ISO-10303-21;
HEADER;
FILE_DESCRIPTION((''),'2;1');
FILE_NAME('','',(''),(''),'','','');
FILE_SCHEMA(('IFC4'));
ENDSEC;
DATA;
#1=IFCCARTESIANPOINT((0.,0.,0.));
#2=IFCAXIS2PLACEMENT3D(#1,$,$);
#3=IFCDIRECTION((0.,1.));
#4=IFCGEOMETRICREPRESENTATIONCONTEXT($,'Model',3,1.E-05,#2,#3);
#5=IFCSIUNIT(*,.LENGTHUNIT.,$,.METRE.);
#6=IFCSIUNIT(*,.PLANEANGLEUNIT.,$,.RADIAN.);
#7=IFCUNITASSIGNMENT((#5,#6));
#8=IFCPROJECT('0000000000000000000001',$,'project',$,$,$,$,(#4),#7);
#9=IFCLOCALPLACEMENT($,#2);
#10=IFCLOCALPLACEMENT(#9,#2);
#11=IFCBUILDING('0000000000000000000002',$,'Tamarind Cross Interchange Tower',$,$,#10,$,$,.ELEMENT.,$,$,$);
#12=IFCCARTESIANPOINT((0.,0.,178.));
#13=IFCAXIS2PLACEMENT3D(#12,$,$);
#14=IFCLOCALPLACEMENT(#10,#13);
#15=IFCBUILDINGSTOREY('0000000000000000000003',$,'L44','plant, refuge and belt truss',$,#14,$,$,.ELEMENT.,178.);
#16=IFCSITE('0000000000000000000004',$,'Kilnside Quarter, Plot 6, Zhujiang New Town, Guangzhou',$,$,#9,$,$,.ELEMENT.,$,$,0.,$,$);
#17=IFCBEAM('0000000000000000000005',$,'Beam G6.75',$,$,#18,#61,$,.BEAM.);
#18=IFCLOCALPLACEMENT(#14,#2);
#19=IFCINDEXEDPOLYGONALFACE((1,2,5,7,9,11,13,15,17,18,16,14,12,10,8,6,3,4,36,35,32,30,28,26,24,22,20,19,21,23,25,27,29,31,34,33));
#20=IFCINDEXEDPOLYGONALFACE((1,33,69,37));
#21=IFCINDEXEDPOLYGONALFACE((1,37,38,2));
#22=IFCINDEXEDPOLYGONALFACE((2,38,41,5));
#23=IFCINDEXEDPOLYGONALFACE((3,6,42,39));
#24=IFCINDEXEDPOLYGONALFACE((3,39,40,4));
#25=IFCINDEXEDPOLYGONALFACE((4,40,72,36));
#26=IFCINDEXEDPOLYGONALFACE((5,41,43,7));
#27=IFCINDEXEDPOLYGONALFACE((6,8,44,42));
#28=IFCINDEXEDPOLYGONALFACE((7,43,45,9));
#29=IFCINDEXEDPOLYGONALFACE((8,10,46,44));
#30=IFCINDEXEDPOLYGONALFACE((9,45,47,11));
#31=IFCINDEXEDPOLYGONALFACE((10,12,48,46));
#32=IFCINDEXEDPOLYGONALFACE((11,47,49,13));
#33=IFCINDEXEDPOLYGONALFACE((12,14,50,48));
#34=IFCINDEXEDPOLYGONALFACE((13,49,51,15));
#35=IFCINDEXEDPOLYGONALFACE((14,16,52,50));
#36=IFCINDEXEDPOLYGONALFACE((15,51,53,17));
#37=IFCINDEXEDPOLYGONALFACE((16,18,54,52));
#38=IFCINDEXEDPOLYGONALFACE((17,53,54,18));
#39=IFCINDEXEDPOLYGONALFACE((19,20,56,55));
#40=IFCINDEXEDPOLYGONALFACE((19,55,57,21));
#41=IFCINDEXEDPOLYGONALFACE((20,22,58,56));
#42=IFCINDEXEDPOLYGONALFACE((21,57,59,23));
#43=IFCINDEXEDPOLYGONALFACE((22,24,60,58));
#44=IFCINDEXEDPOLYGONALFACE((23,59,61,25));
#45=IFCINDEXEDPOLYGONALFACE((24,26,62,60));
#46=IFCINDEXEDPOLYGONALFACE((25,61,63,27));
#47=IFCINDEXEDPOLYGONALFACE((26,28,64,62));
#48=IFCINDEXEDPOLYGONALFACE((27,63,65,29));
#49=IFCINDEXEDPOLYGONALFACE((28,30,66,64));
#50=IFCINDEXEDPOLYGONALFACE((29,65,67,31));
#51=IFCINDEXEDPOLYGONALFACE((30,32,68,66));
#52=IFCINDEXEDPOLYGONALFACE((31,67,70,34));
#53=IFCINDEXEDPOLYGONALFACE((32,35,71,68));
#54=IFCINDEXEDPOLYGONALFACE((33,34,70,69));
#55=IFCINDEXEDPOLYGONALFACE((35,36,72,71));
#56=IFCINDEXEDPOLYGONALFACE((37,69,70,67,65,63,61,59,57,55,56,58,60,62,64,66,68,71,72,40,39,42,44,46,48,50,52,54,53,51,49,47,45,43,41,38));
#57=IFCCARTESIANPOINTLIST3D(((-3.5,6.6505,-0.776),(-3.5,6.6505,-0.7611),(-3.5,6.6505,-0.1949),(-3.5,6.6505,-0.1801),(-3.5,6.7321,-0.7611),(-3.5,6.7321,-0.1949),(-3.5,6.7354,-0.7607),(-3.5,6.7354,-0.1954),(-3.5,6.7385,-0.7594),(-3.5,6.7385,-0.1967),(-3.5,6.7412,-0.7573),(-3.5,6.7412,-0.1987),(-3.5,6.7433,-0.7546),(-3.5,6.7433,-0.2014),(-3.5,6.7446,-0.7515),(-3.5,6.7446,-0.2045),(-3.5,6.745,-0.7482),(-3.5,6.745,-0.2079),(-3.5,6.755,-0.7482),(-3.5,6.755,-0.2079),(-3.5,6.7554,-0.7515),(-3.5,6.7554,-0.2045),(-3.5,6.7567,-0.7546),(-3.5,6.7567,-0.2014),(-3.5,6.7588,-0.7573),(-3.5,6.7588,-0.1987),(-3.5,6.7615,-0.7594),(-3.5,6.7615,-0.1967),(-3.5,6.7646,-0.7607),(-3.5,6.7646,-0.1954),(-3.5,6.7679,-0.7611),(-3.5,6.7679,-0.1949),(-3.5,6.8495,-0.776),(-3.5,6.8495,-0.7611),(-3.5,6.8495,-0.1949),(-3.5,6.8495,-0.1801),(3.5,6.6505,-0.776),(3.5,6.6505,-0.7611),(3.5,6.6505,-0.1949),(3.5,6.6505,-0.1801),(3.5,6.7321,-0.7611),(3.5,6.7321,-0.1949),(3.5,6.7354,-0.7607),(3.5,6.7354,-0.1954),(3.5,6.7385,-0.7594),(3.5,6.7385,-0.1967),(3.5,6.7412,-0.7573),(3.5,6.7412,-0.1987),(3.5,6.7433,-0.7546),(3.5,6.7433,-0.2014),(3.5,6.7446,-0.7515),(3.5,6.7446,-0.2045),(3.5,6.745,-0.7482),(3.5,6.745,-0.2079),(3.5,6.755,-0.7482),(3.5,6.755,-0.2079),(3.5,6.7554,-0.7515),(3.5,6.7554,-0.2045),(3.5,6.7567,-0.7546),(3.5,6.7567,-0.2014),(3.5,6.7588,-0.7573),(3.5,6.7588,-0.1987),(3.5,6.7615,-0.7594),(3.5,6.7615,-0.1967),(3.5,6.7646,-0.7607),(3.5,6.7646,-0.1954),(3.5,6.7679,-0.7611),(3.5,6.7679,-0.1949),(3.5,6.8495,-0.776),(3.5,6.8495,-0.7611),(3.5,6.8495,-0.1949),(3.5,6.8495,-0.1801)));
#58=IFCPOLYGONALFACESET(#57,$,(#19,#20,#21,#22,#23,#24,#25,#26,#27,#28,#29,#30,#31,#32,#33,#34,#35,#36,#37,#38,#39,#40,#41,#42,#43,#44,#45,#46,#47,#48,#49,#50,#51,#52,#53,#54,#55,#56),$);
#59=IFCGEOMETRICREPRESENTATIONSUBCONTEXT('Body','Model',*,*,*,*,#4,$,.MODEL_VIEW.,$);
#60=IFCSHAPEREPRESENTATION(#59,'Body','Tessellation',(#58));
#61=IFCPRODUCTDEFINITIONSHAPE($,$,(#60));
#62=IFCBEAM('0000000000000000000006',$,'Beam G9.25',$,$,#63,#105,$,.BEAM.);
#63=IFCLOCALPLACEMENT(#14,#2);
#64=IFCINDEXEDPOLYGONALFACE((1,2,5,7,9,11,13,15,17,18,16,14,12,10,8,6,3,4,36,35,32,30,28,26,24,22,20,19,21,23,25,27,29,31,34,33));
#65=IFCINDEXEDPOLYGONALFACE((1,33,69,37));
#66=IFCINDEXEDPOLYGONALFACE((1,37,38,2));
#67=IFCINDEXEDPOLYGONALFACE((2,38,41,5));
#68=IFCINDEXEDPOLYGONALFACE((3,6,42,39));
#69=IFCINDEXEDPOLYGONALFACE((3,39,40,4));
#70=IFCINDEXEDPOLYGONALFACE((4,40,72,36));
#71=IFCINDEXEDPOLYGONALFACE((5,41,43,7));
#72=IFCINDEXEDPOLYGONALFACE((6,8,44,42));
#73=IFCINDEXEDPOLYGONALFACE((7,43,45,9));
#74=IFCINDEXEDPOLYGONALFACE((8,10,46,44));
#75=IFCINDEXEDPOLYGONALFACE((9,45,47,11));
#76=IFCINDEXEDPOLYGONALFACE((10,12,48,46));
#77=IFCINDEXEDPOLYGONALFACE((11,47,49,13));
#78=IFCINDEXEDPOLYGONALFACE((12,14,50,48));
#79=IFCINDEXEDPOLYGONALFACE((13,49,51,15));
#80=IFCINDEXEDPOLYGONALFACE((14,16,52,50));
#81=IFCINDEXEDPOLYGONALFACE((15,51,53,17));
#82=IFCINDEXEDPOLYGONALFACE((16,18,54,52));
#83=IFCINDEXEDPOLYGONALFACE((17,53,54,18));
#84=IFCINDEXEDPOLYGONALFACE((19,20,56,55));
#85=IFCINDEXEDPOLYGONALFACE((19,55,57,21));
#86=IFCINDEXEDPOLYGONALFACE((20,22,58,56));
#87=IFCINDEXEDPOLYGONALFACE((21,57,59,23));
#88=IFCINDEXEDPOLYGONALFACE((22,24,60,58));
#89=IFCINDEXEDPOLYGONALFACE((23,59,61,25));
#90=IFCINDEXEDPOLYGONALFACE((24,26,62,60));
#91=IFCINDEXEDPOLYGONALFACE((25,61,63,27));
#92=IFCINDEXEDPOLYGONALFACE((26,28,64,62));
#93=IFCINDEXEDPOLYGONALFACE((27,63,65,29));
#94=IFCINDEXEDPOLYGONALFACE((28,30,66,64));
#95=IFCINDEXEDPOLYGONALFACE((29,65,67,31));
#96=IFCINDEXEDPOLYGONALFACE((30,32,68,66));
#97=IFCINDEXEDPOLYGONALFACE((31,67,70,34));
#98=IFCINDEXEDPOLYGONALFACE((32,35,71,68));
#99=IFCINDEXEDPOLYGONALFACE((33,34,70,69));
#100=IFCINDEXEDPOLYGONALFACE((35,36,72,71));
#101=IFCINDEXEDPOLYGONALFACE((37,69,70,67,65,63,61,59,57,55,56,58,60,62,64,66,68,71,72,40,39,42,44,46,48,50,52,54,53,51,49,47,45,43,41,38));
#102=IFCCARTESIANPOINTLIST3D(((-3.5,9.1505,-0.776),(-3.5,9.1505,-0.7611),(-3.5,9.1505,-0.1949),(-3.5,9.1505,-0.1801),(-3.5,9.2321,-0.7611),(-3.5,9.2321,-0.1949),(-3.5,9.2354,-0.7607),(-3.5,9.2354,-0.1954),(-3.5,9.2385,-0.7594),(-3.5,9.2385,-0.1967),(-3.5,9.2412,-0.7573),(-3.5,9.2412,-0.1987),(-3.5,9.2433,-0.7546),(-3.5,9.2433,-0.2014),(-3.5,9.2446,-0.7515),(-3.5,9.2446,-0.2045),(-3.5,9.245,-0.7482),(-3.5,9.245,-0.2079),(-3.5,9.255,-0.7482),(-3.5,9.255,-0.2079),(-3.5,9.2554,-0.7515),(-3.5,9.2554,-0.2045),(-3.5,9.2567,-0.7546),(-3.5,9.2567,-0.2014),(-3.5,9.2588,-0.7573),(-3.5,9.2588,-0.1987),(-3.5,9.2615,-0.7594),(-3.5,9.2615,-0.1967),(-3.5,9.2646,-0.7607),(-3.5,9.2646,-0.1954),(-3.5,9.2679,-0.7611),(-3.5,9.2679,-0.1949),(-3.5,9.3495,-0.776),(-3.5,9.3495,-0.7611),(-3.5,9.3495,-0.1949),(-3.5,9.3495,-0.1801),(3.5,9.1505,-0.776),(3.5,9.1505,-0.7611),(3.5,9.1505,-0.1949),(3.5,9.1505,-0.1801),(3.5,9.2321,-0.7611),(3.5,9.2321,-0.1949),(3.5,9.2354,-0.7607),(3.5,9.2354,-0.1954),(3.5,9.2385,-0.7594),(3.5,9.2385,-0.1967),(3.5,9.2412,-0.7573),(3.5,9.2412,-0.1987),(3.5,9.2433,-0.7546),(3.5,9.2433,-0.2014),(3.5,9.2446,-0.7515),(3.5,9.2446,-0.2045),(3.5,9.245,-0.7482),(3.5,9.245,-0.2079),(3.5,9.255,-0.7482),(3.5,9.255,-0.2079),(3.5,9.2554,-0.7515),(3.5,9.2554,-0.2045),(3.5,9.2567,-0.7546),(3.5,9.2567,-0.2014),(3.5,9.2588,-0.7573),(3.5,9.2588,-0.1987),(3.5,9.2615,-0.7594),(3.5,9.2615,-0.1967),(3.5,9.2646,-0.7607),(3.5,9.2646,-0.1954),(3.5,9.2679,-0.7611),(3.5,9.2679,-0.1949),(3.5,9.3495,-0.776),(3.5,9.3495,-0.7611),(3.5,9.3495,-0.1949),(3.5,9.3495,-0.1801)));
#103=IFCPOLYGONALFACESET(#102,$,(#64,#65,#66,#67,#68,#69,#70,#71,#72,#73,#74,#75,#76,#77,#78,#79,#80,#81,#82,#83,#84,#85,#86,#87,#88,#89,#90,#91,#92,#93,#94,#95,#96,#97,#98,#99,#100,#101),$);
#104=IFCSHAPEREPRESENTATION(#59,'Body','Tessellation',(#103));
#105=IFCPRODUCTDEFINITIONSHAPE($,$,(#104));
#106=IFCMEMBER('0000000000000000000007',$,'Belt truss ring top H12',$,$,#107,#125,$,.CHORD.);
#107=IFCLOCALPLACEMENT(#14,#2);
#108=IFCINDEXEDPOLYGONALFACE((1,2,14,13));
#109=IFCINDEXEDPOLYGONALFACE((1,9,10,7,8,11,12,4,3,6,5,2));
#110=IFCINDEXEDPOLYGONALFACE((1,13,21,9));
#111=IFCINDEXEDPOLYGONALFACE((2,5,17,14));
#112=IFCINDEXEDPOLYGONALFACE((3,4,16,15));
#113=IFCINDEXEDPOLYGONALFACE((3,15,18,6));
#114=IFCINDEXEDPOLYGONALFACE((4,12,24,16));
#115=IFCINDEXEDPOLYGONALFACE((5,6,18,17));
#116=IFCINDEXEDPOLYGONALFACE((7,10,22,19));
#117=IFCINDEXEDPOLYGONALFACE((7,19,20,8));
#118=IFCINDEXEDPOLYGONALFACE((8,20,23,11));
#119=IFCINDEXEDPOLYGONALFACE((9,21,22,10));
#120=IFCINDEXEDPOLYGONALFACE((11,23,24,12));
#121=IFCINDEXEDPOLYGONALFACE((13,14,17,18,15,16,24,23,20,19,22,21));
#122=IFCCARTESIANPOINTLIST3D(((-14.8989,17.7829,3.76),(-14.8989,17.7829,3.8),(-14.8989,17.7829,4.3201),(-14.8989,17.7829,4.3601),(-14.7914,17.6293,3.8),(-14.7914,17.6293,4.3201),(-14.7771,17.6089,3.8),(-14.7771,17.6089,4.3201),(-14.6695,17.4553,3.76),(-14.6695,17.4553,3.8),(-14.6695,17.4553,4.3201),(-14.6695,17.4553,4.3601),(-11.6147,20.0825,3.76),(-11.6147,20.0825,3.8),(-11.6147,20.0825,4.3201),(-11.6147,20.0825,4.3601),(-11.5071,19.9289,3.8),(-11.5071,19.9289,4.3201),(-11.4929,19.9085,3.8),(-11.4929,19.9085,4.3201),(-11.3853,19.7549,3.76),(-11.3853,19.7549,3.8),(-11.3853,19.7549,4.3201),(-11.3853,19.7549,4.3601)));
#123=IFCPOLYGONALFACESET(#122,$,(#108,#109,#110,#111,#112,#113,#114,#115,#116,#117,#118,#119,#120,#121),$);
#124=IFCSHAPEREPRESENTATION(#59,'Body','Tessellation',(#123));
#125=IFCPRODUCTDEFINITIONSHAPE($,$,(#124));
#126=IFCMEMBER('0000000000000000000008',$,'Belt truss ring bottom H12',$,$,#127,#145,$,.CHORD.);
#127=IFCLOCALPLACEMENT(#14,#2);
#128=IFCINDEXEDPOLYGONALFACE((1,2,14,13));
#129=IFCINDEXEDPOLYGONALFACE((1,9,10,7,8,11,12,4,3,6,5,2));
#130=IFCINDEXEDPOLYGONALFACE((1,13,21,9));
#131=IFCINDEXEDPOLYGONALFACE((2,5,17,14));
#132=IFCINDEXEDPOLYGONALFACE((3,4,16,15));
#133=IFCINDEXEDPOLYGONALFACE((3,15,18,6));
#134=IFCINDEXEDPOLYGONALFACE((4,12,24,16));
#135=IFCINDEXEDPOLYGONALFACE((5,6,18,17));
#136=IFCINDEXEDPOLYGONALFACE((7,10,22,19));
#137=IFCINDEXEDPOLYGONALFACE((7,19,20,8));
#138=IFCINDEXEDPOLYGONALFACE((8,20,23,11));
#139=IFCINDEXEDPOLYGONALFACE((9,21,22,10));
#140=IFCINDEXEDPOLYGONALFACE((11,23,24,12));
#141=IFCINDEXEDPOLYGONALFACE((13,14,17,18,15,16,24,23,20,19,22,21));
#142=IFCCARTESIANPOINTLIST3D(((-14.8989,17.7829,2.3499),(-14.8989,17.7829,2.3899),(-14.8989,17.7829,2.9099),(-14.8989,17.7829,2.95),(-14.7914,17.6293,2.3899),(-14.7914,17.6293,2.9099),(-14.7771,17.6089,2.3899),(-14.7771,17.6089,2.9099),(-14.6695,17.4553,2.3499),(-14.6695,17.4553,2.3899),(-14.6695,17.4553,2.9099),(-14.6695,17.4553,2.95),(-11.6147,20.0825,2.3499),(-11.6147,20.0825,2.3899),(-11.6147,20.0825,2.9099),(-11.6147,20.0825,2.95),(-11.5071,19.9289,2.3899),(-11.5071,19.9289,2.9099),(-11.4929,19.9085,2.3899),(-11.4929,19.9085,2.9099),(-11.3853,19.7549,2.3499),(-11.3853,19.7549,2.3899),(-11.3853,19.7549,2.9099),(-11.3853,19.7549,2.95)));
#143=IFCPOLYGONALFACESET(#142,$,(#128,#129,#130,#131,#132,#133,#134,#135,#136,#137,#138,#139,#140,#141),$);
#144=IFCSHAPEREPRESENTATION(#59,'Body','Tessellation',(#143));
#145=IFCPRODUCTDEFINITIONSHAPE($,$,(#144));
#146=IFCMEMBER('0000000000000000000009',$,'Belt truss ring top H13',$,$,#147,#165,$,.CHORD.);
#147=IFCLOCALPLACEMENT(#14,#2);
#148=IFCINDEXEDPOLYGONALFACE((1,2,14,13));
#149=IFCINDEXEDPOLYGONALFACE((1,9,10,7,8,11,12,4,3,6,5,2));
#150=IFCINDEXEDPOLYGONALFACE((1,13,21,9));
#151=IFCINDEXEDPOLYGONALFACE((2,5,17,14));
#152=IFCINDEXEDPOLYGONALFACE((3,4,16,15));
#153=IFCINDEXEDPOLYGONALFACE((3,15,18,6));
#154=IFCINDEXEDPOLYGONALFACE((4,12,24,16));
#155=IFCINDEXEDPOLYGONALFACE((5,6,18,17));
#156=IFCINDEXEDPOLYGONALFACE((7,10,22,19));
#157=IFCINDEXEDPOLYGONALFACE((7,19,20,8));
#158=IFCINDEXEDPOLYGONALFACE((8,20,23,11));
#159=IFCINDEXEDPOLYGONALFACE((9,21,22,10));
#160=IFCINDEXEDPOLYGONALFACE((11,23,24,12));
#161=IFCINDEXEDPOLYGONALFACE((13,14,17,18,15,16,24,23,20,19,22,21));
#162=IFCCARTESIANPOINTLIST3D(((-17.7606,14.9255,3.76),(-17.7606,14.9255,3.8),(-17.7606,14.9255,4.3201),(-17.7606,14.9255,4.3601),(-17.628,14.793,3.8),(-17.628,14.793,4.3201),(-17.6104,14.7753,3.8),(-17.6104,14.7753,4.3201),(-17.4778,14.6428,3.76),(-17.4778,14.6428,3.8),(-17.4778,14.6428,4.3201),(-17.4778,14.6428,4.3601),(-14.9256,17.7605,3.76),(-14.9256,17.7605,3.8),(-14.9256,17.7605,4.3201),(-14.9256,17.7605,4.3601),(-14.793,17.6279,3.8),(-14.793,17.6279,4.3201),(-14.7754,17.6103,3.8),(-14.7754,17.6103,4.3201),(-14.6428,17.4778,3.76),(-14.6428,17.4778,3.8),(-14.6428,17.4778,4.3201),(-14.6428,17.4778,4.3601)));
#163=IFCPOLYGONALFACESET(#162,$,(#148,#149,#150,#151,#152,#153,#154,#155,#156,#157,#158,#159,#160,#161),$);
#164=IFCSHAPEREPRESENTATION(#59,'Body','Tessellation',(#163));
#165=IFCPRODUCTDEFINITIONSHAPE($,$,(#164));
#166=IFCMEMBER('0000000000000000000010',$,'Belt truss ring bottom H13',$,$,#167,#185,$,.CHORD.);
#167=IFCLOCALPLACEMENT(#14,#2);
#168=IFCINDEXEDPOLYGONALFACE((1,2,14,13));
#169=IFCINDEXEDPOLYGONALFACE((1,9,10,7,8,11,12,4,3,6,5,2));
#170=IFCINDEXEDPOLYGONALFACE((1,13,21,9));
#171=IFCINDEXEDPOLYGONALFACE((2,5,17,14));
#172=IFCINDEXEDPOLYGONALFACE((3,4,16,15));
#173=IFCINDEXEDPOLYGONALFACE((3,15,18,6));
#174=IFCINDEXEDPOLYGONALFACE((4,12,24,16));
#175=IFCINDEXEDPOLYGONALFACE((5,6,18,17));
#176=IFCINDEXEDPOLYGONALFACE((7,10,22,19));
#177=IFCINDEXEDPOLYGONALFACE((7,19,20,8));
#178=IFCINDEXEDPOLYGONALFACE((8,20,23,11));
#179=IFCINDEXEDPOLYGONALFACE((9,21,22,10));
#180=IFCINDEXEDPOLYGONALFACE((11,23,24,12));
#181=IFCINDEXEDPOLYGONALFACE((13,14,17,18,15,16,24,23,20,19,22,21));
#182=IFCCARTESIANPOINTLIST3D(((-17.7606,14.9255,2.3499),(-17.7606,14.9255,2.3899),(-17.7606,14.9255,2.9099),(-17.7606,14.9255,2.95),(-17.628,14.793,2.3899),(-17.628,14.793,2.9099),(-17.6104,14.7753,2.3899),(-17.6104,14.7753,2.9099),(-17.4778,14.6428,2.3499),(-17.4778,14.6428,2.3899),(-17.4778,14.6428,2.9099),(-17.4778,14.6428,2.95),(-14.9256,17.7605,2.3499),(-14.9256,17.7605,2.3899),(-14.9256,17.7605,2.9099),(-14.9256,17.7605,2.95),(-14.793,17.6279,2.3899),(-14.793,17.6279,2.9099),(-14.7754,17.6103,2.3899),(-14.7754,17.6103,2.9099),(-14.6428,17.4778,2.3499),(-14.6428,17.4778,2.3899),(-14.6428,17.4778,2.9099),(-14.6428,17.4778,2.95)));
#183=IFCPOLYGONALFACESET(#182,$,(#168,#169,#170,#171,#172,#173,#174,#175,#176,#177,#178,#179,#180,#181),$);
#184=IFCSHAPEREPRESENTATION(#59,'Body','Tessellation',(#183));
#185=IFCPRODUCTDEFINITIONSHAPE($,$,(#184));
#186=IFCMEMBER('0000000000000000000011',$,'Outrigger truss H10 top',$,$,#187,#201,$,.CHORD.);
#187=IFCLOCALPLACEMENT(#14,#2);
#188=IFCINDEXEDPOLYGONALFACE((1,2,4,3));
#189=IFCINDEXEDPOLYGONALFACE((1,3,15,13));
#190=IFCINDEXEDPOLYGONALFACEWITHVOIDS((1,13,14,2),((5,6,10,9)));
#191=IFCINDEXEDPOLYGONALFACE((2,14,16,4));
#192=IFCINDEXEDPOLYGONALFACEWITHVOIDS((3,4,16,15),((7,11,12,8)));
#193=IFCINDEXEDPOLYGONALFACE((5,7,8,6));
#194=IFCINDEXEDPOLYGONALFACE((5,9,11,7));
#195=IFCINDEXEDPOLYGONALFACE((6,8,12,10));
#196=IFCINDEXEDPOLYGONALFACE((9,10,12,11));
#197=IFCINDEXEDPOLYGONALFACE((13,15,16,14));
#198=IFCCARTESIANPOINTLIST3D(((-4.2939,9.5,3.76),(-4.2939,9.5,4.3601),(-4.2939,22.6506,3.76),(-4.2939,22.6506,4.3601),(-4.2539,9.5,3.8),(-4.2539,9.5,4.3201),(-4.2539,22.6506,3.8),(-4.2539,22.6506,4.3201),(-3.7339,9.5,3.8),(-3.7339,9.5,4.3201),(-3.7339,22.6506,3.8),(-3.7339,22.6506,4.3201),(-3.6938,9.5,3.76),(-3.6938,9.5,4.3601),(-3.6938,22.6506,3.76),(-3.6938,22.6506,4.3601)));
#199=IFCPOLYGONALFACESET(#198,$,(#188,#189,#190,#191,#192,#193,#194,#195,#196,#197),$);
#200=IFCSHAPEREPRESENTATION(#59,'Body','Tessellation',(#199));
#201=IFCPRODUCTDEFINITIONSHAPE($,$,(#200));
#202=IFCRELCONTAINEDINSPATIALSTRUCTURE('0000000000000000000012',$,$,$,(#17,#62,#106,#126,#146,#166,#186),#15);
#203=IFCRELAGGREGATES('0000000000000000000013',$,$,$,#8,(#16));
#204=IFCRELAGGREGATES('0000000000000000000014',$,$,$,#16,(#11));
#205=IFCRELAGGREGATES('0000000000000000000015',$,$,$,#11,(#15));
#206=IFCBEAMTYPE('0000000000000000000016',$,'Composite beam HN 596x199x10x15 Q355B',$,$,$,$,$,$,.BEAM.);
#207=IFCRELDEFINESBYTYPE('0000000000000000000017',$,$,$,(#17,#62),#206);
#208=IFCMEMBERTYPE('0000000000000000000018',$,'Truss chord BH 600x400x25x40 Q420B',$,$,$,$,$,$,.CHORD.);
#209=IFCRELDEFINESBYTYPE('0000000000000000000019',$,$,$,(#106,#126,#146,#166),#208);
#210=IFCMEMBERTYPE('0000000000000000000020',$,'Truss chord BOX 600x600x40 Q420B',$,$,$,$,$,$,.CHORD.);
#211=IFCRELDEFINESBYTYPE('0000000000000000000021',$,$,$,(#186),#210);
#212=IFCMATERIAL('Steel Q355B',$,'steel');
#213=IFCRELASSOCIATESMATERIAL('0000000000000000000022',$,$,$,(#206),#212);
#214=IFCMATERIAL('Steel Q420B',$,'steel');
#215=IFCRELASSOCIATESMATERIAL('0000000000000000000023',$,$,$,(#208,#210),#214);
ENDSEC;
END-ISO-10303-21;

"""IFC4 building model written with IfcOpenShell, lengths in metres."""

from ifc_helpers import new_model, si_unit, direction, frame, origin, origin_2d, place, context, subcontext, project, spatial, hollow_rectangle, i_section, extrude, material, material_profile, profile_set, type_object, element, save


model = new_model("IFC4")

# Units and contexts
model_context = context("Model", 3, precision=1e-05, world=origin(), true_north=direction((0.0, 1.0)))
body_context = subcontext(model_context, "Body", "Model", "MODEL_VIEW")
ifc_project = project(units=[si_unit("LENGTHUNIT", "METRE"), si_unit("PLANEANGLEUNIT", "RADIAN")], contexts=[model_context])

# Site, building, storey
site_placement = place(None, origin())
site = spatial("IfcSite", under=ifc_project, at=site_placement, Name="Kilnside Quarter, Plot 6, Zhujiang New Town, Guangzhou", CompositionType="ELEMENT", RefElevation=0.0)
building_placement = place(site_placement, origin())
building = spatial("IfcBuilding", under=site, at=building_placement, Name="Tamarind Cross Interchange Tower", CompositionType="ELEMENT")
storey_placement = place(building_placement, frame((0.0, 0.0, 178.0)))
storey = spatial("IfcBuildingStorey", under=building, at=storey_placement, Name="L44", Description="plant, refuge and belt truss", CompositionType="ELEMENT", Elevation=178.0)

# Beams
ifc_material_1 = material(Name="Steel Q355B", Category="steel")
ifc_material_profile_1 = material_profile(ifc_material_1, i_section(OverallWidth=0.199, OverallDepth=0.5959, WebThickness=0.01, FlangeThickness=0.0149, FilletRadius=0.0129, at=origin_2d()), Name="HN 596x199x10x15")
ifc_profile_set_1 = profile_set([ifc_material_profile_1], Name="Steel Q355B")
beam_type_1 = type_object("IfcBeamType", Name="Composite beam HN 596x199x10x15 Q355B", PredefinedType="BEAM", material=ifc_profile_set_1)
for number, where, z_axis, x_axis, name in (
    (1, (-3.5, 6.75, -0.478), (1.0, 0.0, 0.0), (0.0, 1.0, 0.0), "Beam G6.75"),
    (2, (-3.5, 9.25, -0.478), (1.0, 0.0, 0.0), (0.0, 1.0, 0.0), "Beam G9.25"),
):
    element("IfcBeam", number, at=place(storey_placement, frame(where, z_axis=z_axis, x_axis=x_axis)), inside=storey, type_object=beam_type_1, Name=name, PredefinedType="BEAM", context=body_context, shape_type="SweptSolid", body=[
        extrude(i_section(OverallWidth=0.199, OverallDepth=0.5959, WebThickness=0.01, FlangeThickness=0.0149, FilletRadius=0.0129, at=origin_2d()), origin(), (0.0, 0.0, 1.0), 7.0),
    ])

# Members
ifc_material_2 = material(Name="Steel Q420B", Category="steel")
ifc_material_profile_2 = material_profile(ifc_material_2, i_section(OverallWidth=0.3999, OverallDepth=0.6001, WebThickness=0.0249, FlangeThickness=0.04, at=origin_2d()), Name="BH 600x400x25x40")
ifc_profile_set_2 = profile_set([ifc_material_profile_2], Name="Steel Q420B")
member_type_1 = type_object("IfcMemberType", Name="Truss chord BH 600x400x25x40 Q420B", PredefinedType="CHORD", material=ifc_profile_set_2)
for number, where, z_axis, x_axis, name in (
    (3, (-11.5, 19.9187, 4.0601), (-0.819158, -0.573569, 0.0), (0.573569, -0.819158, 0.0), "Belt truss ring top H12"),
    (4, (-11.5, 19.9187, 2.6499), (-0.819158, -0.573569, 0.0), (0.573569, -0.819158, 0.0), "Belt truss ring bottom H12"),
    (5, (-14.7842, 17.6191, 4.0601), (-0.707107, -0.707107, 0.0), (0.707107, -0.707107, 0.0), "Belt truss ring top H13"),
    (6, (-14.7842, 17.6191, 2.6499), (-0.707107, -0.707107, 0.0), (0.707107, -0.707107, 0.0), "Belt truss ring bottom H13"),
):
    element("IfcMember", number, at=place(storey_placement, frame(where, z_axis=z_axis, x_axis=x_axis)), inside=storey, type_object=member_type_1, Name=name, PredefinedType="CHORD", context=body_context, shape_type="SweptSolid", body=[
        extrude(i_section(OverallWidth=0.3999, OverallDepth=0.6001, WebThickness=0.0249, FlangeThickness=0.04, at=origin_2d()), origin(), (0.0, 0.0, 1.0), 4.0093),
    ])
ifc_material_profile_3 = material_profile(ifc_material_2, hollow_rectangle(XDim=0.6001, YDim=0.6001, WallThickness=0.04, at=origin_2d()), Name="BOX 600x600x40")
ifc_profile_set_3 = profile_set([ifc_material_profile_3], Name="Steel Q420B")
member_type_2 = type_object("IfcMemberType", Name="Truss chord BOX 600x600x40 Q420B", PredefinedType="CHORD", material=ifc_profile_set_3)
for number, where, z_axis, x_axis, name in (
    (7, (-3.9939, 9.5, 4.0601), (0.0, 1.0, 0.0), (-1.0, 0.0, 0.0), "Outrigger truss H10 top"),
):
    element("IfcMember", number, at=place(storey_placement, frame(where, z_axis=z_axis, x_axis=x_axis)), inside=storey, type_object=member_type_2, Name=name, PredefinedType="CHORD", context=body_context, shape_type="SweptSolid", body=[
        extrude(hollow_rectangle(XDim=0.6001, YDim=0.6001, WallThickness=0.04, at=origin_2d()), origin(), (0.0, 0.0, 1.0), 13.1506),
    ])

save(model, "model.ifc")
